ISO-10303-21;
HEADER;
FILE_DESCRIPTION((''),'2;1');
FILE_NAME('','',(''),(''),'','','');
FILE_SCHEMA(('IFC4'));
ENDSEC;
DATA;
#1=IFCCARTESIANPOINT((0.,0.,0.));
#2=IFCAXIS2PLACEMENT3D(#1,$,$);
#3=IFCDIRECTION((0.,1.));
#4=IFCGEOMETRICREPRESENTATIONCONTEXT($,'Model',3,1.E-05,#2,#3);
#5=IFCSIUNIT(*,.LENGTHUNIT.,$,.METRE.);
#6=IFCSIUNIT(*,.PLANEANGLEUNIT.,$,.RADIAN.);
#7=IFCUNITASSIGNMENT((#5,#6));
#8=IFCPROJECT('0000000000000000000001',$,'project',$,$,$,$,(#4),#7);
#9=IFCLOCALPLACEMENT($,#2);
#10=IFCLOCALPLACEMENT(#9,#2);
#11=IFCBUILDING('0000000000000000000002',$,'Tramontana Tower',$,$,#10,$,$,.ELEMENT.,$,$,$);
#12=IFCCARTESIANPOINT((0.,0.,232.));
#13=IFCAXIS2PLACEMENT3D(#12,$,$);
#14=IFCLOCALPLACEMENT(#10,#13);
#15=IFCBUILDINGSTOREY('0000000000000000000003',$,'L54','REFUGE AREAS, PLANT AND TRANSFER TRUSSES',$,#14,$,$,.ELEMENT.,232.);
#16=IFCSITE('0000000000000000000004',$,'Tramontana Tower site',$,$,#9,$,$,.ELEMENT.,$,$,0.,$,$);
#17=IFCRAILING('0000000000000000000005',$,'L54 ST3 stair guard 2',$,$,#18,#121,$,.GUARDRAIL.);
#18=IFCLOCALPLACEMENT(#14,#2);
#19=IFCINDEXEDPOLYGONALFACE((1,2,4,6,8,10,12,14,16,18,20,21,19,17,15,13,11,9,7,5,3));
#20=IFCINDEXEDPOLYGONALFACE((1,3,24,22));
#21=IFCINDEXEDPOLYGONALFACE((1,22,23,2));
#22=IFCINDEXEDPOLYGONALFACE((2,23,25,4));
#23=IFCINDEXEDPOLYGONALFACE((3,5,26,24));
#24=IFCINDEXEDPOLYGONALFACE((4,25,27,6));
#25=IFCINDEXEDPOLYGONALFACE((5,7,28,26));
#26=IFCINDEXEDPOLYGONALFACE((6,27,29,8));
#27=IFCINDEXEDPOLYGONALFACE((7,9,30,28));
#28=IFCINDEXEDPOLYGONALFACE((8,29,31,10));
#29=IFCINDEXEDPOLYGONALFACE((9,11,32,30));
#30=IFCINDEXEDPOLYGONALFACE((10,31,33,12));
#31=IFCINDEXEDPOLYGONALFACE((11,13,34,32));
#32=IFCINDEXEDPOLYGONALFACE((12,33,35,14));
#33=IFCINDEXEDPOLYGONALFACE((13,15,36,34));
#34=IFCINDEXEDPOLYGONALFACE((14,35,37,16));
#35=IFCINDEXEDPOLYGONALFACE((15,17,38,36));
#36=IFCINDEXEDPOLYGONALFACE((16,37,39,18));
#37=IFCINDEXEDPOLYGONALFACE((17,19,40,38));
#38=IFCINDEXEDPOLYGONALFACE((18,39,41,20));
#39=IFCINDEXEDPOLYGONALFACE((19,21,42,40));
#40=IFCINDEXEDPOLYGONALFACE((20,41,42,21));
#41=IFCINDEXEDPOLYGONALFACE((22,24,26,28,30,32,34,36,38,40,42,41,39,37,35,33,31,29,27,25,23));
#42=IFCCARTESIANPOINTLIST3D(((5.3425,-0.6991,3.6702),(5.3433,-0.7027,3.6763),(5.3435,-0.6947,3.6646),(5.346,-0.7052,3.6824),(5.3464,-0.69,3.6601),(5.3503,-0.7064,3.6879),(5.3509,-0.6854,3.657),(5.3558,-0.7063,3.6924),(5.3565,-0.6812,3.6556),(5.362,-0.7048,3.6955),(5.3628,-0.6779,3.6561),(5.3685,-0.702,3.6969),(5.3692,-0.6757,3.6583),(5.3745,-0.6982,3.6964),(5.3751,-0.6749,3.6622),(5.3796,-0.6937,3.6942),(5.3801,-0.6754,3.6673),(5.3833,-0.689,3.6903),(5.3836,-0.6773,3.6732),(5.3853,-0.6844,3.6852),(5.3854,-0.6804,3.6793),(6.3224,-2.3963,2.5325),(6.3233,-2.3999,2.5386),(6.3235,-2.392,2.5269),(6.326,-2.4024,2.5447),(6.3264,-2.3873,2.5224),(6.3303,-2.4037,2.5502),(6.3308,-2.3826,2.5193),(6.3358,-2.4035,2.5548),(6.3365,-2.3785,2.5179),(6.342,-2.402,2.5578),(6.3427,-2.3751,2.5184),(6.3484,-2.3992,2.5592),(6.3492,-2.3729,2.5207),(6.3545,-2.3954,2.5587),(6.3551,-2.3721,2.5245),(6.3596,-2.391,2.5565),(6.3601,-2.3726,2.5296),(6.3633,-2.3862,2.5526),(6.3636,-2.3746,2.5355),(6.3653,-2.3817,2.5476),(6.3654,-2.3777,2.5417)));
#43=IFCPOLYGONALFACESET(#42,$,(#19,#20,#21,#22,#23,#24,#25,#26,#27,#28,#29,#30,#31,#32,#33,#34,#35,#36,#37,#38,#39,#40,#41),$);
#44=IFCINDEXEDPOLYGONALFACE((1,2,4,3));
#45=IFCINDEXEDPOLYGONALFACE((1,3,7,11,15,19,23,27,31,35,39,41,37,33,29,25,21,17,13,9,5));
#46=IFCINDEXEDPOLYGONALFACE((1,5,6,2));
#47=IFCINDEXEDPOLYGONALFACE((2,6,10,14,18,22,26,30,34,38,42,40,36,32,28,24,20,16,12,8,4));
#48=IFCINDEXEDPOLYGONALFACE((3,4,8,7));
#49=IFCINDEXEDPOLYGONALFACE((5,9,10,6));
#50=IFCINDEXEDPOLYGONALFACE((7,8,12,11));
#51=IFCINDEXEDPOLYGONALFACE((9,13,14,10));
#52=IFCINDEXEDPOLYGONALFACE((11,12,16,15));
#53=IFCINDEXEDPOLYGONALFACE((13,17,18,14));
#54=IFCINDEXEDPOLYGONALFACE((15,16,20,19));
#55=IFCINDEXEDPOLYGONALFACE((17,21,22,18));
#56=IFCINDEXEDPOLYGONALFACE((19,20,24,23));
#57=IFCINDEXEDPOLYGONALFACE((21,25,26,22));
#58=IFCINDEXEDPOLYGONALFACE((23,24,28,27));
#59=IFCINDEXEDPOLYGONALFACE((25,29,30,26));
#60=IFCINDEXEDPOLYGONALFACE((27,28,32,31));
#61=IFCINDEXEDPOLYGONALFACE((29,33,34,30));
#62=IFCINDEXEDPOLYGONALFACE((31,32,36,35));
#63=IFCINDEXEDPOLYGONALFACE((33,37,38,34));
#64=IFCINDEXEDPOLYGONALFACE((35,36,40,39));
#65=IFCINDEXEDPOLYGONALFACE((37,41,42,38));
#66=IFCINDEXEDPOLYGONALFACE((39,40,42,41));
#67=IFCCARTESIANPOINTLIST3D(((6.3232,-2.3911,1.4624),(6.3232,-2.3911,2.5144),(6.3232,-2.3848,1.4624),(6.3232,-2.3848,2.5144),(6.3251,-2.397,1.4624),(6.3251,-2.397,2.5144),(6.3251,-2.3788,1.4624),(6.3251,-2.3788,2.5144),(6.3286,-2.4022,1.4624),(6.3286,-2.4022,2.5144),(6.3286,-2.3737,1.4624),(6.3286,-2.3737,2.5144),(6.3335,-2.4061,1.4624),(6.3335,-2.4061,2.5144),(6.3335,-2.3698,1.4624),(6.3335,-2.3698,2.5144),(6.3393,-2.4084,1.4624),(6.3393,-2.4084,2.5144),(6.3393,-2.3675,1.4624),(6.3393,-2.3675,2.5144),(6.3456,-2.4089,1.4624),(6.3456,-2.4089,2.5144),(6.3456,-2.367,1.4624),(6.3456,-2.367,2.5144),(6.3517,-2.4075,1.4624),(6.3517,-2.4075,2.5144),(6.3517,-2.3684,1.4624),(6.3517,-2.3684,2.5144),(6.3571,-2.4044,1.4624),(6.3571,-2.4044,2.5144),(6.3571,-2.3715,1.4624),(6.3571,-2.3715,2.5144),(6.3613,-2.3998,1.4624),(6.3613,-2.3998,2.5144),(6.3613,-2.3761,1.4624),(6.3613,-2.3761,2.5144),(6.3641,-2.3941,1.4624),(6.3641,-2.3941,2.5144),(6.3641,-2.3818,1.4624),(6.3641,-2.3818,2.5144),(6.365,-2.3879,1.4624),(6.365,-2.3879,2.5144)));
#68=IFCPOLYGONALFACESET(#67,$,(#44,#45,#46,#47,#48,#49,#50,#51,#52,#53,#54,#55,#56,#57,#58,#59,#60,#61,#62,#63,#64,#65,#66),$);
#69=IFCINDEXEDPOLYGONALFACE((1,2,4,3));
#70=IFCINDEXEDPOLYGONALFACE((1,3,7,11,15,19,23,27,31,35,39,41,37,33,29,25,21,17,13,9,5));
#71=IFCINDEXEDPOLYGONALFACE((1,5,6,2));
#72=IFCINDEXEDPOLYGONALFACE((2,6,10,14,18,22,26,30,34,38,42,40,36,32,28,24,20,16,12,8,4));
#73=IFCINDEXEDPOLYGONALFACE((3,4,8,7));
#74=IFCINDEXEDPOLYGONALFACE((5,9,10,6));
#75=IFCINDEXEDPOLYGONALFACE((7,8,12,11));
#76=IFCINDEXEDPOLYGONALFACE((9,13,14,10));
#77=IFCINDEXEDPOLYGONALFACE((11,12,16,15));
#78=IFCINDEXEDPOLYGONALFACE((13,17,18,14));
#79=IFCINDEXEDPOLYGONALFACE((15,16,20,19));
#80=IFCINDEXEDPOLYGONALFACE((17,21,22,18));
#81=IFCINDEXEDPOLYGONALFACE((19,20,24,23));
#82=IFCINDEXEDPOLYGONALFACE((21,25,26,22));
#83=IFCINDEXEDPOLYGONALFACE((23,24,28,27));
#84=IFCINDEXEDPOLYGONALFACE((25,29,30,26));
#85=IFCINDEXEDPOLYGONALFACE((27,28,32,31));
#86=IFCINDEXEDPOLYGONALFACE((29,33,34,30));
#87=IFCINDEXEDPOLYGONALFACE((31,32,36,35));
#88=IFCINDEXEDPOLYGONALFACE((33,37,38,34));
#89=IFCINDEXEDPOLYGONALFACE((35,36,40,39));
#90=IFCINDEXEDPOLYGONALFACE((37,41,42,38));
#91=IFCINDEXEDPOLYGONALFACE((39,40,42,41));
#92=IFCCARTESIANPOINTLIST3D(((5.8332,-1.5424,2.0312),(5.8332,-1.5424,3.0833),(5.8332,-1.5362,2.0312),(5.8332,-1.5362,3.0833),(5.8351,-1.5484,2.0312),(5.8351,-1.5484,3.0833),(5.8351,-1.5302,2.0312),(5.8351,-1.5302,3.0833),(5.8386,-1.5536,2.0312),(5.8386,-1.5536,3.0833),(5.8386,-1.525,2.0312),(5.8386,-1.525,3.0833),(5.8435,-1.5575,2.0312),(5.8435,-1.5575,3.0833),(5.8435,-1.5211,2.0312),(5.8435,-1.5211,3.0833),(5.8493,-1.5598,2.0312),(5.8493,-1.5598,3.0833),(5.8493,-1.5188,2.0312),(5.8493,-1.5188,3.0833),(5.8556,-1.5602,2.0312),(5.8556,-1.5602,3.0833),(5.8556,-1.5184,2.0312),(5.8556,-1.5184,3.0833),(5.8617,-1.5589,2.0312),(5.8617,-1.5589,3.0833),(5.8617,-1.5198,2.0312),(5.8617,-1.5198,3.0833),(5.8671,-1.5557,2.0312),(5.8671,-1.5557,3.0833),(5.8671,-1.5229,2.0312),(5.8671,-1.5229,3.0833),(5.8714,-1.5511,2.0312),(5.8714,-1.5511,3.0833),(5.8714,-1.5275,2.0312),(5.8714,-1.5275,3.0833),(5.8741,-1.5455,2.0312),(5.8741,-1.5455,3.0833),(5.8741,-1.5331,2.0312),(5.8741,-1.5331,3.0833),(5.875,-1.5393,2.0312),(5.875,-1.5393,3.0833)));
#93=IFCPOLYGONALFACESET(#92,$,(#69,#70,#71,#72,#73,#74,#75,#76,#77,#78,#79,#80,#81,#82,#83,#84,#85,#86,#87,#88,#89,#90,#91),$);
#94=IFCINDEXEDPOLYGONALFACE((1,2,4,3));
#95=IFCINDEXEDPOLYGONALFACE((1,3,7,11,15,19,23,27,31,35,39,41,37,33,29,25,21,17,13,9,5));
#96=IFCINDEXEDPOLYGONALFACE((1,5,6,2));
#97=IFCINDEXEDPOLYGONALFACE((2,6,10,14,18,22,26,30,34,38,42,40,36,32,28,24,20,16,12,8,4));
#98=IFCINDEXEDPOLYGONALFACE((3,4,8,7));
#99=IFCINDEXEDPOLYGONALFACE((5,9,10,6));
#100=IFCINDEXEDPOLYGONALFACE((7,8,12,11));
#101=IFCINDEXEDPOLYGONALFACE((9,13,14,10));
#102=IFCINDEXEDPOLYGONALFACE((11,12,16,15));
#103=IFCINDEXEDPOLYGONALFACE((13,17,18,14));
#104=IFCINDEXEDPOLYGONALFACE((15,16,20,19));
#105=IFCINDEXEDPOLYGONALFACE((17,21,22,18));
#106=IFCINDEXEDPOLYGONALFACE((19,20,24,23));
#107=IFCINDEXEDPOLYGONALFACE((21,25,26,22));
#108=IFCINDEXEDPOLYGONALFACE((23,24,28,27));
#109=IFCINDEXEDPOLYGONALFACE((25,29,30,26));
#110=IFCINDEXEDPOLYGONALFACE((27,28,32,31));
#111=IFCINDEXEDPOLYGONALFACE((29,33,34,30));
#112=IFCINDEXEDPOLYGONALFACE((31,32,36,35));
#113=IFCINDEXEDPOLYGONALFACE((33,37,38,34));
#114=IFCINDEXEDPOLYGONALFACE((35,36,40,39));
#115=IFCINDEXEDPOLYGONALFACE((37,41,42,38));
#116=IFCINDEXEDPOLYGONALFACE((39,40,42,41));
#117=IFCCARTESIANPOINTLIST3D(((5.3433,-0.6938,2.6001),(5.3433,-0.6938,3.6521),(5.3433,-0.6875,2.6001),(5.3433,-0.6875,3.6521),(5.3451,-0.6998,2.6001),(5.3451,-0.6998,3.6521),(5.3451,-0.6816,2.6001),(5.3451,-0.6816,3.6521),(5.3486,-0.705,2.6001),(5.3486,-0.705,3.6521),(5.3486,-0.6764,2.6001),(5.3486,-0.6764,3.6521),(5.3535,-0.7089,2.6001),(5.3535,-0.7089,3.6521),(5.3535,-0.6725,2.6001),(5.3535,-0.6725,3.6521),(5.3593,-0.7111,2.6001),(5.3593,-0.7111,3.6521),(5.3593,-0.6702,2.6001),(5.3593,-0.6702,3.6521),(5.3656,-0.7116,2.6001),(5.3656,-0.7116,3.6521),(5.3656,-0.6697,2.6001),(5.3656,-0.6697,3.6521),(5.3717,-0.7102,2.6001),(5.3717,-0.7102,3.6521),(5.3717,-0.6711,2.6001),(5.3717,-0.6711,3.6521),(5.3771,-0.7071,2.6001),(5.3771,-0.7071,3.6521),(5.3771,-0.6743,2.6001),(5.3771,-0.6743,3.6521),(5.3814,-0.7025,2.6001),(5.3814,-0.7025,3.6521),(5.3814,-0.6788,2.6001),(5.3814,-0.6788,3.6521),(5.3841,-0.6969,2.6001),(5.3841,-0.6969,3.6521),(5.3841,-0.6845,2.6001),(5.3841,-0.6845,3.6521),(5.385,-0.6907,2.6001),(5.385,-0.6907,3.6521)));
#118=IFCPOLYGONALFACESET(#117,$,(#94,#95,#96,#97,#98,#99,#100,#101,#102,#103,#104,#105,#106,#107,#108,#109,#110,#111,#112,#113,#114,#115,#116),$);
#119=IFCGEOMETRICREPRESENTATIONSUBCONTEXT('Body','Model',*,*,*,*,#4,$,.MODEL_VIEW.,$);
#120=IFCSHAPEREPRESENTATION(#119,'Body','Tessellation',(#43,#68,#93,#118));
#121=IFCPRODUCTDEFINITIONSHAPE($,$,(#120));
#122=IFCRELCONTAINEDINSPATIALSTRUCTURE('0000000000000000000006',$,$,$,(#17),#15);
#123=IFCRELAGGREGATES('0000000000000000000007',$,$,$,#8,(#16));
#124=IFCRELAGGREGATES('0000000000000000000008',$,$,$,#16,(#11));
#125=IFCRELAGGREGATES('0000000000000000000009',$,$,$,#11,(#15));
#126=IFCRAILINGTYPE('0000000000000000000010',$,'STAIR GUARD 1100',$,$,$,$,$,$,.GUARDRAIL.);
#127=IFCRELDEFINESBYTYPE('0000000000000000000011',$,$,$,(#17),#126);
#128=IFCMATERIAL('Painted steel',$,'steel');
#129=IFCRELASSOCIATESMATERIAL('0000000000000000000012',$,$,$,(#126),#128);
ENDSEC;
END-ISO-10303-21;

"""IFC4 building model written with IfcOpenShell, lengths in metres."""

from ifc_helpers import new_model, si_unit, direction, frame, origin, origin_2d, place, context, subcontext, project, spatial, circle, extrude, material, type_object, element, save


model = new_model("IFC4")

# Units and contexts
model_context = context("Model", 3, precision=1e-05, world=origin(), true_north=direction((0.0, 1.0)))
body_context = subcontext(model_context, "Body", "Model", "MODEL_VIEW")
ifc_project = project(units=[si_unit("LENGTHUNIT", "METRE"), si_unit("PLANEANGLEUNIT", "RADIAN")], contexts=[model_context])

# Site, building, storey
site_placement = place(None, origin())
site = spatial("IfcSite", under=ifc_project, at=site_placement, Name="Tramontana Tower site", CompositionType="ELEMENT", RefElevation=0.0)
building_placement = place(site_placement, origin())
building = spatial("IfcBuilding", under=site, at=building_placement, Name="Tramontana Tower", CompositionType="ELEMENT")
storey_placement = place(building_placement, frame((0.0, 0.0, 232.0)))
storey = spatial("IfcBuildingStorey", under=building, at=storey_placement, Name="L54", Description="REFUGE AREAS, PLANT AND TRANSFER TRUSSES", CompositionType="ELEMENT", Elevation=232.0)

# Railing
ifc_material_1 = material(Name="Painted steel", Category="steel")
railing_type_1 = type_object("IfcRailingType", Name="STAIR GUARD 1100", PredefinedType="GUARDRAIL", material=ifc_material_1)
railing_1_placement = place(storey_placement, frame((6.344, -2.3879, 1.4624)))
element("IfcRailing", 1, at=railing_1_placement, inside=storey, type_object=railing_type_1, Name="L54 ST3 stair guard 2", PredefinedType="GUARDRAIL", context=body_context, shape_type="SweptSolid", body=[
    extrude(circle(Radius=0.0239, at=origin_2d()), frame((0.0, 0.0, 1.0762), z_axis=(-0.432443, 0.748965, 0.502039), x_axis=(-0.866011, -0.500024, 0.0)), (0.0, 0.0, 1.0), 2.2661),
    extrude(circle(Radius=0.021, at=origin_2d()), origin(), (0.0, 0.0, 1.0), 1.052),
    extrude(circle(Radius=0.021, at=origin_2d()), frame((-0.49, 0.8486, 0.5688)), (0.0, 0.0, 1.0), 1.052),
    extrude(circle(Radius=0.021, at=origin_2d()), frame((-0.98, 1.6973, 1.1377)), (0.0, 0.0, 1.0), 1.052),
])

save(model, "model.ifc")
